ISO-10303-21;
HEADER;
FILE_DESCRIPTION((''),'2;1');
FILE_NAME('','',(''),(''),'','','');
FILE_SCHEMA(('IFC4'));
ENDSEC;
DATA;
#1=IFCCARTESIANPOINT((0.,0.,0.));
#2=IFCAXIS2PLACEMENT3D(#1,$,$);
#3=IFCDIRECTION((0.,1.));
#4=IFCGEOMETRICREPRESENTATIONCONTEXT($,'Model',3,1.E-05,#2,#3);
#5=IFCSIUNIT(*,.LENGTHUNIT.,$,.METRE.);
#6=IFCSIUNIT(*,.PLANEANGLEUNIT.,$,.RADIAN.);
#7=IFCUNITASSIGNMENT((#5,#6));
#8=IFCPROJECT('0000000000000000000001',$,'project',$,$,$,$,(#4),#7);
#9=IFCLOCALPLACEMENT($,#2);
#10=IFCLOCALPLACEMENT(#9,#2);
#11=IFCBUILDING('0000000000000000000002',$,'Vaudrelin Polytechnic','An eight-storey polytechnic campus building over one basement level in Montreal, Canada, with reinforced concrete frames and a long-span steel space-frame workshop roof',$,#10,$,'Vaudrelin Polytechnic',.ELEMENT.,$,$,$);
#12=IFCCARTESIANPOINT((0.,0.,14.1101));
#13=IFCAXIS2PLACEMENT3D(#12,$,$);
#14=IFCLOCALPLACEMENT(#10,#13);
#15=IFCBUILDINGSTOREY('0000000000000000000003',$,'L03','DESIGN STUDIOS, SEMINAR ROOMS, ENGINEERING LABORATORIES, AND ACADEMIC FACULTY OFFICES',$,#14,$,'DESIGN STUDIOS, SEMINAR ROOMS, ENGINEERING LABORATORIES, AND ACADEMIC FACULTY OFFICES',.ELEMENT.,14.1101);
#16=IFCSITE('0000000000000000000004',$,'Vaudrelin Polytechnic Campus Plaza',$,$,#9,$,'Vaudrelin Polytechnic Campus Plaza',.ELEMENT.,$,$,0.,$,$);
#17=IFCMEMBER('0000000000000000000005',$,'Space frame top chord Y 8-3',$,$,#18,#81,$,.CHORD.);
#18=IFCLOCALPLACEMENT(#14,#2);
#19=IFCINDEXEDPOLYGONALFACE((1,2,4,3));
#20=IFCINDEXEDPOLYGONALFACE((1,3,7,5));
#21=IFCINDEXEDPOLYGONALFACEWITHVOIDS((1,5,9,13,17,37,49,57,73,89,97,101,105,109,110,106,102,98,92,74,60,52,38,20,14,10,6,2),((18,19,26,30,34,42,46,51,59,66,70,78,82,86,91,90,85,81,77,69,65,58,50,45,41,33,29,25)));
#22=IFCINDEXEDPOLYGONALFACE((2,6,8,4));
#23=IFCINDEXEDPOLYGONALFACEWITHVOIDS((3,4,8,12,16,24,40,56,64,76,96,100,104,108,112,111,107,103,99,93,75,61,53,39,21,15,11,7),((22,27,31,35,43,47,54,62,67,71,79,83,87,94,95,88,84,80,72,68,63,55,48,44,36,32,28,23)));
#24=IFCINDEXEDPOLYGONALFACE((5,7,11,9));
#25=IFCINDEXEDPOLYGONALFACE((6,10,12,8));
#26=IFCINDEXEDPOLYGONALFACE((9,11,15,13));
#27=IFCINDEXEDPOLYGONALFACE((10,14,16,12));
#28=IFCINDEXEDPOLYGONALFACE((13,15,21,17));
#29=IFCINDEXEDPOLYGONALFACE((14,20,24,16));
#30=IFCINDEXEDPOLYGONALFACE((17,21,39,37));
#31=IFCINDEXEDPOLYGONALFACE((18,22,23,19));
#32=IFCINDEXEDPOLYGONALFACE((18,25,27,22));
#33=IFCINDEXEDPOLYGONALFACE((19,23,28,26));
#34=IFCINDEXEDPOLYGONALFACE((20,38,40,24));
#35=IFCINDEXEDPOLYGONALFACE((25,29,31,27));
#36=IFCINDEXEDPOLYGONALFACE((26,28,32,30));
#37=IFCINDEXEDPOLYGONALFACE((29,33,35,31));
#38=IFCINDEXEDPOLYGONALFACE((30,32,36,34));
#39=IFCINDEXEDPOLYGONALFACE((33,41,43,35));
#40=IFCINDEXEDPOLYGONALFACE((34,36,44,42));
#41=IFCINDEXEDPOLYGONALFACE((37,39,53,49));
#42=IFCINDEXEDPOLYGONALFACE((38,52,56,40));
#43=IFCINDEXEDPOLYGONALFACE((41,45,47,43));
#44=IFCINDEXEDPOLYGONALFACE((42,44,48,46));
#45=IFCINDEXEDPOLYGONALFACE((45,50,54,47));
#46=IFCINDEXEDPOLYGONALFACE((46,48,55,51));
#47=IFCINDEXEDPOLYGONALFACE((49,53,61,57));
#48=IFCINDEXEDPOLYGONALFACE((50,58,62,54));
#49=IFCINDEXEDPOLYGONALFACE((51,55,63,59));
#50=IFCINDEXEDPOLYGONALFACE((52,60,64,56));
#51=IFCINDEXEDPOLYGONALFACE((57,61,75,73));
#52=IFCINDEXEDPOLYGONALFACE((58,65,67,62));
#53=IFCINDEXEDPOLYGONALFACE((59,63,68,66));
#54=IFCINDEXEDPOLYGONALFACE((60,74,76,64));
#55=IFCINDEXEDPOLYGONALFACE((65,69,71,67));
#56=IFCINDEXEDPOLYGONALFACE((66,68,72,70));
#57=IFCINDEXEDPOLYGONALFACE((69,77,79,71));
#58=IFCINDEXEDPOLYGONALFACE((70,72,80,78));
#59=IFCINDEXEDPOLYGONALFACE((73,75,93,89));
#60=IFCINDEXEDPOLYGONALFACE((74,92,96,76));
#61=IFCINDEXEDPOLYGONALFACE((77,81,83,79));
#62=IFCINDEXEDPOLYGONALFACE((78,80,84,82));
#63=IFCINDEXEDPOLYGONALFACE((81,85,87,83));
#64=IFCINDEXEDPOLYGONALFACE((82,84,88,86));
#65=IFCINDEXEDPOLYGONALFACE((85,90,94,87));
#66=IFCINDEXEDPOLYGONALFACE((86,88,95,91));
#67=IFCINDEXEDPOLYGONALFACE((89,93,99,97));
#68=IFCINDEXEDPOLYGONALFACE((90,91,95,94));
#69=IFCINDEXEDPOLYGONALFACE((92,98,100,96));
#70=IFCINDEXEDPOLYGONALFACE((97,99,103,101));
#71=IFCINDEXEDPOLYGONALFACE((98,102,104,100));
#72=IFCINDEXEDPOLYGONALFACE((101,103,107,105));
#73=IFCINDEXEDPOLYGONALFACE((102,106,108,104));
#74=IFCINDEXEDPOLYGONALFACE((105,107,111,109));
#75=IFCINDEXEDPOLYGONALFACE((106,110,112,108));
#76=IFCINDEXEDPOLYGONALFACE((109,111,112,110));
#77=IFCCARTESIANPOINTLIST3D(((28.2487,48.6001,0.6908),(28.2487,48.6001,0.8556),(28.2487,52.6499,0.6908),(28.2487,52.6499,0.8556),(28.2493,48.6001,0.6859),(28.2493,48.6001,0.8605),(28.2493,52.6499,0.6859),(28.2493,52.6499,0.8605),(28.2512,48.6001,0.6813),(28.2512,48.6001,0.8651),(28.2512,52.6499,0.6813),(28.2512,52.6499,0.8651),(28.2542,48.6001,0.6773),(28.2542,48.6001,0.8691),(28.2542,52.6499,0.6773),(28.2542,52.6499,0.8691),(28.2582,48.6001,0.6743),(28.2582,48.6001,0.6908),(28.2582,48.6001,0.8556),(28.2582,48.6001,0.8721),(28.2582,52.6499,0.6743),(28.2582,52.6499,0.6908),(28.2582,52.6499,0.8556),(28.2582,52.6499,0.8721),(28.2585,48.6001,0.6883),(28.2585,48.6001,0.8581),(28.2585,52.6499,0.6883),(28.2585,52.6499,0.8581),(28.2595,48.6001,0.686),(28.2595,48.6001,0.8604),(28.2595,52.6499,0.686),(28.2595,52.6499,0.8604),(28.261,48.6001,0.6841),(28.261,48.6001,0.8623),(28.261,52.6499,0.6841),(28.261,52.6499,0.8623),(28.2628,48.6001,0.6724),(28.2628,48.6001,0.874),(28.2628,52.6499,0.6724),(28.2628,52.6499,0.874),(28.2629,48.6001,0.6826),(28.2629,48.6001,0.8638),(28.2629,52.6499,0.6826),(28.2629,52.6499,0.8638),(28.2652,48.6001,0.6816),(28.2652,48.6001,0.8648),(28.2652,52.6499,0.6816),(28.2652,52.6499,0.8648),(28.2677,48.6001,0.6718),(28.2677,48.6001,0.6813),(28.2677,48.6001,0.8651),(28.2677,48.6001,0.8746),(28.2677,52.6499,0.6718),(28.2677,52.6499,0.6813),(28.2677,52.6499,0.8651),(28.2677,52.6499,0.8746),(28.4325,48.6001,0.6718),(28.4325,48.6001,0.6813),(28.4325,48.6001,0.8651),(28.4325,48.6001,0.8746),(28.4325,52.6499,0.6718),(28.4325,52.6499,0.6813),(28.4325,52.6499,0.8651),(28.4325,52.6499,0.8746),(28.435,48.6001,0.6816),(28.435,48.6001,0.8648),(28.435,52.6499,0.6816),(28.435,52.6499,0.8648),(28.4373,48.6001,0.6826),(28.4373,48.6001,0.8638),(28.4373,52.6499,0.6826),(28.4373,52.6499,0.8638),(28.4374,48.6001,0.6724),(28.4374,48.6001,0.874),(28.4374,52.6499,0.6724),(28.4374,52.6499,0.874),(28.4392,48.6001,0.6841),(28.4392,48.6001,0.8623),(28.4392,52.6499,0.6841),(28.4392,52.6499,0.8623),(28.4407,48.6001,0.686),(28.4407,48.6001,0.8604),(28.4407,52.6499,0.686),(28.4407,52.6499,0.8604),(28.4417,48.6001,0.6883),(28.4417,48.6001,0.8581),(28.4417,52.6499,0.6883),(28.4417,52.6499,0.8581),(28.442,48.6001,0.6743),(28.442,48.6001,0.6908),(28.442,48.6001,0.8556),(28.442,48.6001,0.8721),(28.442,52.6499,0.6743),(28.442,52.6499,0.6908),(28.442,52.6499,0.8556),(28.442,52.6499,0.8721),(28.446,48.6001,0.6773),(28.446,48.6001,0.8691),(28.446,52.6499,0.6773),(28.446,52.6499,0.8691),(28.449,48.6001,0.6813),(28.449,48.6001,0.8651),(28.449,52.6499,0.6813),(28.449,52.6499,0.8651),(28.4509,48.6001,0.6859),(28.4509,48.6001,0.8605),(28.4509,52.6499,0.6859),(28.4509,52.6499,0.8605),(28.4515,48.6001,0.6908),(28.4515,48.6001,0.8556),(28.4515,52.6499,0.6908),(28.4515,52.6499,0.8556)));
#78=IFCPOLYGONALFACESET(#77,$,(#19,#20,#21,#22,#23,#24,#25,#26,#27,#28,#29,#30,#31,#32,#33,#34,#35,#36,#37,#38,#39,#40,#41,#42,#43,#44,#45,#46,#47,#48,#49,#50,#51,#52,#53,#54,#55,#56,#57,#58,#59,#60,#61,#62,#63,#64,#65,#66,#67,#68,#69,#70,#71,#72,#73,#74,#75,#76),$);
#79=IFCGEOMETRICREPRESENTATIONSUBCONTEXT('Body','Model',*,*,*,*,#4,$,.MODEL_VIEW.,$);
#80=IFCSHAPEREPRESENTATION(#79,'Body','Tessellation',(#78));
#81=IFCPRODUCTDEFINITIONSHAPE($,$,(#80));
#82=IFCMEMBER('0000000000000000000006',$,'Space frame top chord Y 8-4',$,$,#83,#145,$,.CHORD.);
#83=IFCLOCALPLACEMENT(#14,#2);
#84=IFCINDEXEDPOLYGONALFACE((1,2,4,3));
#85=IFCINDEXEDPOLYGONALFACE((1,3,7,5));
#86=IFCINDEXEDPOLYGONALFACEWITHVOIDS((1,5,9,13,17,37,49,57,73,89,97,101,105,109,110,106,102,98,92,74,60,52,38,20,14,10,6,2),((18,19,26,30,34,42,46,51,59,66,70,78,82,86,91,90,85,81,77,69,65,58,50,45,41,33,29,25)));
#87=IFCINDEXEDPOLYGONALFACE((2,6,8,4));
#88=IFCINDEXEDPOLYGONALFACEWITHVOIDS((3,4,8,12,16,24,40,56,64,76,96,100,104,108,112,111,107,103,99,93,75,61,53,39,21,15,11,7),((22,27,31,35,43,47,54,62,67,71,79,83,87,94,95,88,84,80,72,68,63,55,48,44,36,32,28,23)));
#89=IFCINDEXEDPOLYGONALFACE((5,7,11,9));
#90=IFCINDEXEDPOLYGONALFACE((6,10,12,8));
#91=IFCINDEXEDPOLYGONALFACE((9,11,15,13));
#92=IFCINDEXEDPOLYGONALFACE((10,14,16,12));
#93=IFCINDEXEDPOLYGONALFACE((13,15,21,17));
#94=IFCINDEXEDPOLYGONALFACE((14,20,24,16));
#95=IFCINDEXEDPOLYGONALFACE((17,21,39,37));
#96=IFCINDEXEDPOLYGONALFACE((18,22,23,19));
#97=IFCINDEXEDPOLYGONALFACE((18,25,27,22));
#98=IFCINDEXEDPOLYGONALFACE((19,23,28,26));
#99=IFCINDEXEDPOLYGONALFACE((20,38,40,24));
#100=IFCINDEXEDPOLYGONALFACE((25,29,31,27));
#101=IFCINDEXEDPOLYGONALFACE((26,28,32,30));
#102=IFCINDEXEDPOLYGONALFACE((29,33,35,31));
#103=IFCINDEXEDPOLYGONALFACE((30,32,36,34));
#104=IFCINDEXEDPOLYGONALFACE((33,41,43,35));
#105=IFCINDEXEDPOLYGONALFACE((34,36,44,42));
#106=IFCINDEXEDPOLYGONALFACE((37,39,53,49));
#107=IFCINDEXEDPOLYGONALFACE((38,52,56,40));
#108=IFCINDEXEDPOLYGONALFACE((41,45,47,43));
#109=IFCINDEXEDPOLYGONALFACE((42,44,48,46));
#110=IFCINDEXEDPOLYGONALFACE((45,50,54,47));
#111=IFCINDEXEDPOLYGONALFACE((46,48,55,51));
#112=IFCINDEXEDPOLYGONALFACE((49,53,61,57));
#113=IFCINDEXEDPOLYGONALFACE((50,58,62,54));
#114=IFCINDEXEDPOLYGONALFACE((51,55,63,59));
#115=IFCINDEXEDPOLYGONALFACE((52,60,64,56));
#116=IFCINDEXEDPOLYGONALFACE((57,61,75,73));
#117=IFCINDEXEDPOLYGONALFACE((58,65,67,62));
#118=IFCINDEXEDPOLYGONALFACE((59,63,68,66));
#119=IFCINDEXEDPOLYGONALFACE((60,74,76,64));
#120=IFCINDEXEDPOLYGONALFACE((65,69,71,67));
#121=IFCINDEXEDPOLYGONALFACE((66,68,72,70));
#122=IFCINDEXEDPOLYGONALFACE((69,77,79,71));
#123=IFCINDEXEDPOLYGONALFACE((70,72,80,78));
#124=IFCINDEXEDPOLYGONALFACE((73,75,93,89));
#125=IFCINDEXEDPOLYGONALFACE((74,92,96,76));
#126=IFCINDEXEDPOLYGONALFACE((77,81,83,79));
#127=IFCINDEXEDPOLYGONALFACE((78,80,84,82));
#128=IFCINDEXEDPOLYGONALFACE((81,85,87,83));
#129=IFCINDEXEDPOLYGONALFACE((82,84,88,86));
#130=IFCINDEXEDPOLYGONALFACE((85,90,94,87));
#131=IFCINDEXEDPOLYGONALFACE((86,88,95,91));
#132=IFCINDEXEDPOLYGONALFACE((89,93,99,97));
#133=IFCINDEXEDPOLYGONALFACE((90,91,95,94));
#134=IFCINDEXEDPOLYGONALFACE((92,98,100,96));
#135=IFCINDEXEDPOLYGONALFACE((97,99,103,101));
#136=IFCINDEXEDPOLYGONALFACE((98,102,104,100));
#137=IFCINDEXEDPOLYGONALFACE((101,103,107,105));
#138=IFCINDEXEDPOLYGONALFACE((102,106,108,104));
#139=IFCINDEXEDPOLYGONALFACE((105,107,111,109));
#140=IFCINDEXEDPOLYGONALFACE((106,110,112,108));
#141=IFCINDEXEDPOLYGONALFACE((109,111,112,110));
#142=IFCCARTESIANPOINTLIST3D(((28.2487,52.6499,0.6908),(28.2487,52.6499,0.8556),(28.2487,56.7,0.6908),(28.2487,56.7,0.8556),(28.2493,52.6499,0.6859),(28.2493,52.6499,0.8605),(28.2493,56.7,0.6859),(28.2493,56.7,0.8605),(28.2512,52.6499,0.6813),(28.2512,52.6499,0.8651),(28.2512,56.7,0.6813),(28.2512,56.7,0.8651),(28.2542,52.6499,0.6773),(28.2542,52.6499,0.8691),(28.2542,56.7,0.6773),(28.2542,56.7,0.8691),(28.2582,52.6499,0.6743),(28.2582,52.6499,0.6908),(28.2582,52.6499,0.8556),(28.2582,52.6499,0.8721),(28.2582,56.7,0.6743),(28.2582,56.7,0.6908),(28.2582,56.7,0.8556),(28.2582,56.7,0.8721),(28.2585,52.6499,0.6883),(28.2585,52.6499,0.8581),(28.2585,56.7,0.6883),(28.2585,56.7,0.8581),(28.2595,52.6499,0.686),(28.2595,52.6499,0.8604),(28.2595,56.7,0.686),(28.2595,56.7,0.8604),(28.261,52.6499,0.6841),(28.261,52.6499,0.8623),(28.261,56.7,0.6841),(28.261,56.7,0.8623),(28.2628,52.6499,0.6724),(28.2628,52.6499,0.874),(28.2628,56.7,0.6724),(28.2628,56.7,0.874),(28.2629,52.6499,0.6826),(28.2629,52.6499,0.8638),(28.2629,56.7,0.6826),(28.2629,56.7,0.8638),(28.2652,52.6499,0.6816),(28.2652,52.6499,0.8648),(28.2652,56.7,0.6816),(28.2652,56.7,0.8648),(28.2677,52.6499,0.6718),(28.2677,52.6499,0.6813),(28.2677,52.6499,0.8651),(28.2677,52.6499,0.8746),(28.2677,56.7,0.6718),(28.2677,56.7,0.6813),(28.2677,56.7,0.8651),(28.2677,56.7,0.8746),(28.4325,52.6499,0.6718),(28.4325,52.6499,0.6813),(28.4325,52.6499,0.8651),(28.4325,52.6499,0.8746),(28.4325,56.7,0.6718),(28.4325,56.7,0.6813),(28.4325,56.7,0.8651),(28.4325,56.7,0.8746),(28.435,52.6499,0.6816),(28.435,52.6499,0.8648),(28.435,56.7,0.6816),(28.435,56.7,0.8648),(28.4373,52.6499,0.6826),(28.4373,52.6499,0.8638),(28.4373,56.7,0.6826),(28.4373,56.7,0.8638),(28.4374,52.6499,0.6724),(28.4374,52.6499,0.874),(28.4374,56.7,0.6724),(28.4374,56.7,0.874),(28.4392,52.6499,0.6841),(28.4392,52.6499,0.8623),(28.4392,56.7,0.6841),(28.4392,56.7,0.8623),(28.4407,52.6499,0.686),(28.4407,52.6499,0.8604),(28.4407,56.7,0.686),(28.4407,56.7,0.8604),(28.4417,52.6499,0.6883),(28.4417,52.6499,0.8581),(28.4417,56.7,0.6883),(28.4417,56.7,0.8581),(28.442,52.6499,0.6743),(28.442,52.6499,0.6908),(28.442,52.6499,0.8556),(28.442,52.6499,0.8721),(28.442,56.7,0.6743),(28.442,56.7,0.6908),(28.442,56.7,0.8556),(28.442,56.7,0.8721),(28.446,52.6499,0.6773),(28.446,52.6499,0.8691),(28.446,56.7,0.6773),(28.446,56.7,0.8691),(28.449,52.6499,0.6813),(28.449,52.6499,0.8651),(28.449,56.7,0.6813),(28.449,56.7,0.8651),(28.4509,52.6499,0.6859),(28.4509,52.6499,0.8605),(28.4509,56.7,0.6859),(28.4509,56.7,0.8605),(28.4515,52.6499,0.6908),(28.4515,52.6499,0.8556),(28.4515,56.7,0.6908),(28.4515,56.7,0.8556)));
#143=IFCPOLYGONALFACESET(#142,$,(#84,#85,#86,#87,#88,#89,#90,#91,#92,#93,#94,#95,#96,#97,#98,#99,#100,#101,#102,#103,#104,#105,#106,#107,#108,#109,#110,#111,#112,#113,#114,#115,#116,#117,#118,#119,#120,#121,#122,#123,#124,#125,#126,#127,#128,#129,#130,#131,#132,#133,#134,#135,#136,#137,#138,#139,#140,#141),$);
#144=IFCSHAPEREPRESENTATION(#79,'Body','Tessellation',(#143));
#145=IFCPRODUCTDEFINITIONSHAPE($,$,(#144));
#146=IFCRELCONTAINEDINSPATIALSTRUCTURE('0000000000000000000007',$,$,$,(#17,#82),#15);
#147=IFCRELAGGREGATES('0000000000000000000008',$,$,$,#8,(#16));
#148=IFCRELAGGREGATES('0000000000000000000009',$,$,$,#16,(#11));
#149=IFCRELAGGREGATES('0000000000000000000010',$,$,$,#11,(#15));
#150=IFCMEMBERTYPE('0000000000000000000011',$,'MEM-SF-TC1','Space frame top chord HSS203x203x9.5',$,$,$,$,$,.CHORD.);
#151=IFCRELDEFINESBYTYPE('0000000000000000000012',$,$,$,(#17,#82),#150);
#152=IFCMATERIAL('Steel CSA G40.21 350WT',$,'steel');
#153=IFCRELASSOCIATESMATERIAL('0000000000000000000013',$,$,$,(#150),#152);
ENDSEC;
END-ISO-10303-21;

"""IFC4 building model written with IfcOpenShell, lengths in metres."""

from ifc_helpers import new_model, si_unit, direction, frame, origin, origin_2d, place, context, subcontext, project, spatial, hollow_rectangle, extrude, material, material_profile, profile_set, type_object, element, save


model = new_model("IFC4")

# Units and contexts
model_context = context("Model", 3, precision=1e-05, world=origin(), true_north=direction((0.0, 1.0)))
body_context = subcontext(model_context, "Body", "Model", "MODEL_VIEW")
ifc_project = project(units=[si_unit("LENGTHUNIT", "METRE"), si_unit("PLANEANGLEUNIT", "RADIAN")], contexts=[model_context])

# Site, building, storey
site_placement = place(None, origin())
site = spatial("IfcSite", under=ifc_project, at=site_placement, Name="Vaudrelin Polytechnic Campus Plaza", LongName="Vaudrelin Polytechnic Campus Plaza", CompositionType="ELEMENT", RefElevation=0.0)
building_placement = place(site_placement, origin())
building = spatial("IfcBuilding", under=site, at=building_placement, Name="Vaudrelin Polytechnic", Description="An eight-storey polytechnic campus building over one basement level in Montreal, Canada, with reinforced concrete frames and a long-span steel space-frame workshop roof", LongName="Vaudrelin Polytechnic", CompositionType="ELEMENT")
storey_placement = place(building_placement, frame((0.0, 0.0, 14.1101)))
storey = spatial("IfcBuildingStorey", under=building, at=storey_placement, Name="L03", Description="DESIGN STUDIOS, SEMINAR ROOMS, ENGINEERING LABORATORIES, AND ACADEMIC FACULTY OFFICES", LongName="DESIGN STUDIOS, SEMINAR ROOMS, ENGINEERING LABORATORIES, AND ACADEMIC FACULTY OFFICES", CompositionType="ELEMENT", Elevation=14.1101)

# Members
ifc_material_1 = material(Name="Steel CSA G40.21 350WT", Category="steel")
ifc_material_profile_1 = material_profile(ifc_material_1, hollow_rectangle(XDim=0.2029, YDim=0.2029, WallThickness=0.0095, InnerFilletRadius=0.0095, OuterFilletRadius=0.019, at=origin_2d()), Name="HSS203x203x9.5")
ifc_profile_set_1 = profile_set([ifc_material_profile_1], Name="Steel CSA G40.21 350WT")
member_type_1 = type_object("IfcMemberType", Name="MEM-SF-TC1", Description="Space frame top chord HSS203x203x9.5", PredefinedType="CHORD", material=ifc_profile_set_1)
member_1_placement = place(storey_placement, frame((28.3501, 48.6001, 0.7732), z_axis=(0.0, 1.0, 0.0), x_axis=(-1.0, 0.0, 0.0)))
element("IfcMember", 1, at=member_1_placement, inside=storey, type_object=member_type_1, Name="Space frame top chord Y 8-3", PredefinedType="CHORD", context=body_context, shape_type="SweptSolid", body=[
    extrude(hollow_rectangle(XDim=0.2029, YDim=0.2029, WallThickness=0.0095, InnerFilletRadius=0.0095, OuterFilletRadius=0.019, at=origin_2d()), origin(), (0.0, 0.0, 1.0), 4.0498),
])
member_2_placement = place(storey_placement, frame((28.3501, 52.6499, 0.7732), z_axis=(0.0, 1.0, 0.0), x_axis=(-1.0, 0.0, 0.0)))
element("IfcMember", 2, at=member_2_placement, inside=storey, type_object=member_type_1, Name="Space frame top chord Y 8-4", PredefinedType="CHORD", context=body_context, shape_type="SweptSolid", body=[
    extrude(hollow_rectangle(XDim=0.2029, YDim=0.2029, WallThickness=0.0095, InnerFilletRadius=0.0095, OuterFilletRadius=0.019, at=origin_2d()), origin(), (0.0, 0.0, 1.0), 4.05),
])

save(model, "model.ifc")
